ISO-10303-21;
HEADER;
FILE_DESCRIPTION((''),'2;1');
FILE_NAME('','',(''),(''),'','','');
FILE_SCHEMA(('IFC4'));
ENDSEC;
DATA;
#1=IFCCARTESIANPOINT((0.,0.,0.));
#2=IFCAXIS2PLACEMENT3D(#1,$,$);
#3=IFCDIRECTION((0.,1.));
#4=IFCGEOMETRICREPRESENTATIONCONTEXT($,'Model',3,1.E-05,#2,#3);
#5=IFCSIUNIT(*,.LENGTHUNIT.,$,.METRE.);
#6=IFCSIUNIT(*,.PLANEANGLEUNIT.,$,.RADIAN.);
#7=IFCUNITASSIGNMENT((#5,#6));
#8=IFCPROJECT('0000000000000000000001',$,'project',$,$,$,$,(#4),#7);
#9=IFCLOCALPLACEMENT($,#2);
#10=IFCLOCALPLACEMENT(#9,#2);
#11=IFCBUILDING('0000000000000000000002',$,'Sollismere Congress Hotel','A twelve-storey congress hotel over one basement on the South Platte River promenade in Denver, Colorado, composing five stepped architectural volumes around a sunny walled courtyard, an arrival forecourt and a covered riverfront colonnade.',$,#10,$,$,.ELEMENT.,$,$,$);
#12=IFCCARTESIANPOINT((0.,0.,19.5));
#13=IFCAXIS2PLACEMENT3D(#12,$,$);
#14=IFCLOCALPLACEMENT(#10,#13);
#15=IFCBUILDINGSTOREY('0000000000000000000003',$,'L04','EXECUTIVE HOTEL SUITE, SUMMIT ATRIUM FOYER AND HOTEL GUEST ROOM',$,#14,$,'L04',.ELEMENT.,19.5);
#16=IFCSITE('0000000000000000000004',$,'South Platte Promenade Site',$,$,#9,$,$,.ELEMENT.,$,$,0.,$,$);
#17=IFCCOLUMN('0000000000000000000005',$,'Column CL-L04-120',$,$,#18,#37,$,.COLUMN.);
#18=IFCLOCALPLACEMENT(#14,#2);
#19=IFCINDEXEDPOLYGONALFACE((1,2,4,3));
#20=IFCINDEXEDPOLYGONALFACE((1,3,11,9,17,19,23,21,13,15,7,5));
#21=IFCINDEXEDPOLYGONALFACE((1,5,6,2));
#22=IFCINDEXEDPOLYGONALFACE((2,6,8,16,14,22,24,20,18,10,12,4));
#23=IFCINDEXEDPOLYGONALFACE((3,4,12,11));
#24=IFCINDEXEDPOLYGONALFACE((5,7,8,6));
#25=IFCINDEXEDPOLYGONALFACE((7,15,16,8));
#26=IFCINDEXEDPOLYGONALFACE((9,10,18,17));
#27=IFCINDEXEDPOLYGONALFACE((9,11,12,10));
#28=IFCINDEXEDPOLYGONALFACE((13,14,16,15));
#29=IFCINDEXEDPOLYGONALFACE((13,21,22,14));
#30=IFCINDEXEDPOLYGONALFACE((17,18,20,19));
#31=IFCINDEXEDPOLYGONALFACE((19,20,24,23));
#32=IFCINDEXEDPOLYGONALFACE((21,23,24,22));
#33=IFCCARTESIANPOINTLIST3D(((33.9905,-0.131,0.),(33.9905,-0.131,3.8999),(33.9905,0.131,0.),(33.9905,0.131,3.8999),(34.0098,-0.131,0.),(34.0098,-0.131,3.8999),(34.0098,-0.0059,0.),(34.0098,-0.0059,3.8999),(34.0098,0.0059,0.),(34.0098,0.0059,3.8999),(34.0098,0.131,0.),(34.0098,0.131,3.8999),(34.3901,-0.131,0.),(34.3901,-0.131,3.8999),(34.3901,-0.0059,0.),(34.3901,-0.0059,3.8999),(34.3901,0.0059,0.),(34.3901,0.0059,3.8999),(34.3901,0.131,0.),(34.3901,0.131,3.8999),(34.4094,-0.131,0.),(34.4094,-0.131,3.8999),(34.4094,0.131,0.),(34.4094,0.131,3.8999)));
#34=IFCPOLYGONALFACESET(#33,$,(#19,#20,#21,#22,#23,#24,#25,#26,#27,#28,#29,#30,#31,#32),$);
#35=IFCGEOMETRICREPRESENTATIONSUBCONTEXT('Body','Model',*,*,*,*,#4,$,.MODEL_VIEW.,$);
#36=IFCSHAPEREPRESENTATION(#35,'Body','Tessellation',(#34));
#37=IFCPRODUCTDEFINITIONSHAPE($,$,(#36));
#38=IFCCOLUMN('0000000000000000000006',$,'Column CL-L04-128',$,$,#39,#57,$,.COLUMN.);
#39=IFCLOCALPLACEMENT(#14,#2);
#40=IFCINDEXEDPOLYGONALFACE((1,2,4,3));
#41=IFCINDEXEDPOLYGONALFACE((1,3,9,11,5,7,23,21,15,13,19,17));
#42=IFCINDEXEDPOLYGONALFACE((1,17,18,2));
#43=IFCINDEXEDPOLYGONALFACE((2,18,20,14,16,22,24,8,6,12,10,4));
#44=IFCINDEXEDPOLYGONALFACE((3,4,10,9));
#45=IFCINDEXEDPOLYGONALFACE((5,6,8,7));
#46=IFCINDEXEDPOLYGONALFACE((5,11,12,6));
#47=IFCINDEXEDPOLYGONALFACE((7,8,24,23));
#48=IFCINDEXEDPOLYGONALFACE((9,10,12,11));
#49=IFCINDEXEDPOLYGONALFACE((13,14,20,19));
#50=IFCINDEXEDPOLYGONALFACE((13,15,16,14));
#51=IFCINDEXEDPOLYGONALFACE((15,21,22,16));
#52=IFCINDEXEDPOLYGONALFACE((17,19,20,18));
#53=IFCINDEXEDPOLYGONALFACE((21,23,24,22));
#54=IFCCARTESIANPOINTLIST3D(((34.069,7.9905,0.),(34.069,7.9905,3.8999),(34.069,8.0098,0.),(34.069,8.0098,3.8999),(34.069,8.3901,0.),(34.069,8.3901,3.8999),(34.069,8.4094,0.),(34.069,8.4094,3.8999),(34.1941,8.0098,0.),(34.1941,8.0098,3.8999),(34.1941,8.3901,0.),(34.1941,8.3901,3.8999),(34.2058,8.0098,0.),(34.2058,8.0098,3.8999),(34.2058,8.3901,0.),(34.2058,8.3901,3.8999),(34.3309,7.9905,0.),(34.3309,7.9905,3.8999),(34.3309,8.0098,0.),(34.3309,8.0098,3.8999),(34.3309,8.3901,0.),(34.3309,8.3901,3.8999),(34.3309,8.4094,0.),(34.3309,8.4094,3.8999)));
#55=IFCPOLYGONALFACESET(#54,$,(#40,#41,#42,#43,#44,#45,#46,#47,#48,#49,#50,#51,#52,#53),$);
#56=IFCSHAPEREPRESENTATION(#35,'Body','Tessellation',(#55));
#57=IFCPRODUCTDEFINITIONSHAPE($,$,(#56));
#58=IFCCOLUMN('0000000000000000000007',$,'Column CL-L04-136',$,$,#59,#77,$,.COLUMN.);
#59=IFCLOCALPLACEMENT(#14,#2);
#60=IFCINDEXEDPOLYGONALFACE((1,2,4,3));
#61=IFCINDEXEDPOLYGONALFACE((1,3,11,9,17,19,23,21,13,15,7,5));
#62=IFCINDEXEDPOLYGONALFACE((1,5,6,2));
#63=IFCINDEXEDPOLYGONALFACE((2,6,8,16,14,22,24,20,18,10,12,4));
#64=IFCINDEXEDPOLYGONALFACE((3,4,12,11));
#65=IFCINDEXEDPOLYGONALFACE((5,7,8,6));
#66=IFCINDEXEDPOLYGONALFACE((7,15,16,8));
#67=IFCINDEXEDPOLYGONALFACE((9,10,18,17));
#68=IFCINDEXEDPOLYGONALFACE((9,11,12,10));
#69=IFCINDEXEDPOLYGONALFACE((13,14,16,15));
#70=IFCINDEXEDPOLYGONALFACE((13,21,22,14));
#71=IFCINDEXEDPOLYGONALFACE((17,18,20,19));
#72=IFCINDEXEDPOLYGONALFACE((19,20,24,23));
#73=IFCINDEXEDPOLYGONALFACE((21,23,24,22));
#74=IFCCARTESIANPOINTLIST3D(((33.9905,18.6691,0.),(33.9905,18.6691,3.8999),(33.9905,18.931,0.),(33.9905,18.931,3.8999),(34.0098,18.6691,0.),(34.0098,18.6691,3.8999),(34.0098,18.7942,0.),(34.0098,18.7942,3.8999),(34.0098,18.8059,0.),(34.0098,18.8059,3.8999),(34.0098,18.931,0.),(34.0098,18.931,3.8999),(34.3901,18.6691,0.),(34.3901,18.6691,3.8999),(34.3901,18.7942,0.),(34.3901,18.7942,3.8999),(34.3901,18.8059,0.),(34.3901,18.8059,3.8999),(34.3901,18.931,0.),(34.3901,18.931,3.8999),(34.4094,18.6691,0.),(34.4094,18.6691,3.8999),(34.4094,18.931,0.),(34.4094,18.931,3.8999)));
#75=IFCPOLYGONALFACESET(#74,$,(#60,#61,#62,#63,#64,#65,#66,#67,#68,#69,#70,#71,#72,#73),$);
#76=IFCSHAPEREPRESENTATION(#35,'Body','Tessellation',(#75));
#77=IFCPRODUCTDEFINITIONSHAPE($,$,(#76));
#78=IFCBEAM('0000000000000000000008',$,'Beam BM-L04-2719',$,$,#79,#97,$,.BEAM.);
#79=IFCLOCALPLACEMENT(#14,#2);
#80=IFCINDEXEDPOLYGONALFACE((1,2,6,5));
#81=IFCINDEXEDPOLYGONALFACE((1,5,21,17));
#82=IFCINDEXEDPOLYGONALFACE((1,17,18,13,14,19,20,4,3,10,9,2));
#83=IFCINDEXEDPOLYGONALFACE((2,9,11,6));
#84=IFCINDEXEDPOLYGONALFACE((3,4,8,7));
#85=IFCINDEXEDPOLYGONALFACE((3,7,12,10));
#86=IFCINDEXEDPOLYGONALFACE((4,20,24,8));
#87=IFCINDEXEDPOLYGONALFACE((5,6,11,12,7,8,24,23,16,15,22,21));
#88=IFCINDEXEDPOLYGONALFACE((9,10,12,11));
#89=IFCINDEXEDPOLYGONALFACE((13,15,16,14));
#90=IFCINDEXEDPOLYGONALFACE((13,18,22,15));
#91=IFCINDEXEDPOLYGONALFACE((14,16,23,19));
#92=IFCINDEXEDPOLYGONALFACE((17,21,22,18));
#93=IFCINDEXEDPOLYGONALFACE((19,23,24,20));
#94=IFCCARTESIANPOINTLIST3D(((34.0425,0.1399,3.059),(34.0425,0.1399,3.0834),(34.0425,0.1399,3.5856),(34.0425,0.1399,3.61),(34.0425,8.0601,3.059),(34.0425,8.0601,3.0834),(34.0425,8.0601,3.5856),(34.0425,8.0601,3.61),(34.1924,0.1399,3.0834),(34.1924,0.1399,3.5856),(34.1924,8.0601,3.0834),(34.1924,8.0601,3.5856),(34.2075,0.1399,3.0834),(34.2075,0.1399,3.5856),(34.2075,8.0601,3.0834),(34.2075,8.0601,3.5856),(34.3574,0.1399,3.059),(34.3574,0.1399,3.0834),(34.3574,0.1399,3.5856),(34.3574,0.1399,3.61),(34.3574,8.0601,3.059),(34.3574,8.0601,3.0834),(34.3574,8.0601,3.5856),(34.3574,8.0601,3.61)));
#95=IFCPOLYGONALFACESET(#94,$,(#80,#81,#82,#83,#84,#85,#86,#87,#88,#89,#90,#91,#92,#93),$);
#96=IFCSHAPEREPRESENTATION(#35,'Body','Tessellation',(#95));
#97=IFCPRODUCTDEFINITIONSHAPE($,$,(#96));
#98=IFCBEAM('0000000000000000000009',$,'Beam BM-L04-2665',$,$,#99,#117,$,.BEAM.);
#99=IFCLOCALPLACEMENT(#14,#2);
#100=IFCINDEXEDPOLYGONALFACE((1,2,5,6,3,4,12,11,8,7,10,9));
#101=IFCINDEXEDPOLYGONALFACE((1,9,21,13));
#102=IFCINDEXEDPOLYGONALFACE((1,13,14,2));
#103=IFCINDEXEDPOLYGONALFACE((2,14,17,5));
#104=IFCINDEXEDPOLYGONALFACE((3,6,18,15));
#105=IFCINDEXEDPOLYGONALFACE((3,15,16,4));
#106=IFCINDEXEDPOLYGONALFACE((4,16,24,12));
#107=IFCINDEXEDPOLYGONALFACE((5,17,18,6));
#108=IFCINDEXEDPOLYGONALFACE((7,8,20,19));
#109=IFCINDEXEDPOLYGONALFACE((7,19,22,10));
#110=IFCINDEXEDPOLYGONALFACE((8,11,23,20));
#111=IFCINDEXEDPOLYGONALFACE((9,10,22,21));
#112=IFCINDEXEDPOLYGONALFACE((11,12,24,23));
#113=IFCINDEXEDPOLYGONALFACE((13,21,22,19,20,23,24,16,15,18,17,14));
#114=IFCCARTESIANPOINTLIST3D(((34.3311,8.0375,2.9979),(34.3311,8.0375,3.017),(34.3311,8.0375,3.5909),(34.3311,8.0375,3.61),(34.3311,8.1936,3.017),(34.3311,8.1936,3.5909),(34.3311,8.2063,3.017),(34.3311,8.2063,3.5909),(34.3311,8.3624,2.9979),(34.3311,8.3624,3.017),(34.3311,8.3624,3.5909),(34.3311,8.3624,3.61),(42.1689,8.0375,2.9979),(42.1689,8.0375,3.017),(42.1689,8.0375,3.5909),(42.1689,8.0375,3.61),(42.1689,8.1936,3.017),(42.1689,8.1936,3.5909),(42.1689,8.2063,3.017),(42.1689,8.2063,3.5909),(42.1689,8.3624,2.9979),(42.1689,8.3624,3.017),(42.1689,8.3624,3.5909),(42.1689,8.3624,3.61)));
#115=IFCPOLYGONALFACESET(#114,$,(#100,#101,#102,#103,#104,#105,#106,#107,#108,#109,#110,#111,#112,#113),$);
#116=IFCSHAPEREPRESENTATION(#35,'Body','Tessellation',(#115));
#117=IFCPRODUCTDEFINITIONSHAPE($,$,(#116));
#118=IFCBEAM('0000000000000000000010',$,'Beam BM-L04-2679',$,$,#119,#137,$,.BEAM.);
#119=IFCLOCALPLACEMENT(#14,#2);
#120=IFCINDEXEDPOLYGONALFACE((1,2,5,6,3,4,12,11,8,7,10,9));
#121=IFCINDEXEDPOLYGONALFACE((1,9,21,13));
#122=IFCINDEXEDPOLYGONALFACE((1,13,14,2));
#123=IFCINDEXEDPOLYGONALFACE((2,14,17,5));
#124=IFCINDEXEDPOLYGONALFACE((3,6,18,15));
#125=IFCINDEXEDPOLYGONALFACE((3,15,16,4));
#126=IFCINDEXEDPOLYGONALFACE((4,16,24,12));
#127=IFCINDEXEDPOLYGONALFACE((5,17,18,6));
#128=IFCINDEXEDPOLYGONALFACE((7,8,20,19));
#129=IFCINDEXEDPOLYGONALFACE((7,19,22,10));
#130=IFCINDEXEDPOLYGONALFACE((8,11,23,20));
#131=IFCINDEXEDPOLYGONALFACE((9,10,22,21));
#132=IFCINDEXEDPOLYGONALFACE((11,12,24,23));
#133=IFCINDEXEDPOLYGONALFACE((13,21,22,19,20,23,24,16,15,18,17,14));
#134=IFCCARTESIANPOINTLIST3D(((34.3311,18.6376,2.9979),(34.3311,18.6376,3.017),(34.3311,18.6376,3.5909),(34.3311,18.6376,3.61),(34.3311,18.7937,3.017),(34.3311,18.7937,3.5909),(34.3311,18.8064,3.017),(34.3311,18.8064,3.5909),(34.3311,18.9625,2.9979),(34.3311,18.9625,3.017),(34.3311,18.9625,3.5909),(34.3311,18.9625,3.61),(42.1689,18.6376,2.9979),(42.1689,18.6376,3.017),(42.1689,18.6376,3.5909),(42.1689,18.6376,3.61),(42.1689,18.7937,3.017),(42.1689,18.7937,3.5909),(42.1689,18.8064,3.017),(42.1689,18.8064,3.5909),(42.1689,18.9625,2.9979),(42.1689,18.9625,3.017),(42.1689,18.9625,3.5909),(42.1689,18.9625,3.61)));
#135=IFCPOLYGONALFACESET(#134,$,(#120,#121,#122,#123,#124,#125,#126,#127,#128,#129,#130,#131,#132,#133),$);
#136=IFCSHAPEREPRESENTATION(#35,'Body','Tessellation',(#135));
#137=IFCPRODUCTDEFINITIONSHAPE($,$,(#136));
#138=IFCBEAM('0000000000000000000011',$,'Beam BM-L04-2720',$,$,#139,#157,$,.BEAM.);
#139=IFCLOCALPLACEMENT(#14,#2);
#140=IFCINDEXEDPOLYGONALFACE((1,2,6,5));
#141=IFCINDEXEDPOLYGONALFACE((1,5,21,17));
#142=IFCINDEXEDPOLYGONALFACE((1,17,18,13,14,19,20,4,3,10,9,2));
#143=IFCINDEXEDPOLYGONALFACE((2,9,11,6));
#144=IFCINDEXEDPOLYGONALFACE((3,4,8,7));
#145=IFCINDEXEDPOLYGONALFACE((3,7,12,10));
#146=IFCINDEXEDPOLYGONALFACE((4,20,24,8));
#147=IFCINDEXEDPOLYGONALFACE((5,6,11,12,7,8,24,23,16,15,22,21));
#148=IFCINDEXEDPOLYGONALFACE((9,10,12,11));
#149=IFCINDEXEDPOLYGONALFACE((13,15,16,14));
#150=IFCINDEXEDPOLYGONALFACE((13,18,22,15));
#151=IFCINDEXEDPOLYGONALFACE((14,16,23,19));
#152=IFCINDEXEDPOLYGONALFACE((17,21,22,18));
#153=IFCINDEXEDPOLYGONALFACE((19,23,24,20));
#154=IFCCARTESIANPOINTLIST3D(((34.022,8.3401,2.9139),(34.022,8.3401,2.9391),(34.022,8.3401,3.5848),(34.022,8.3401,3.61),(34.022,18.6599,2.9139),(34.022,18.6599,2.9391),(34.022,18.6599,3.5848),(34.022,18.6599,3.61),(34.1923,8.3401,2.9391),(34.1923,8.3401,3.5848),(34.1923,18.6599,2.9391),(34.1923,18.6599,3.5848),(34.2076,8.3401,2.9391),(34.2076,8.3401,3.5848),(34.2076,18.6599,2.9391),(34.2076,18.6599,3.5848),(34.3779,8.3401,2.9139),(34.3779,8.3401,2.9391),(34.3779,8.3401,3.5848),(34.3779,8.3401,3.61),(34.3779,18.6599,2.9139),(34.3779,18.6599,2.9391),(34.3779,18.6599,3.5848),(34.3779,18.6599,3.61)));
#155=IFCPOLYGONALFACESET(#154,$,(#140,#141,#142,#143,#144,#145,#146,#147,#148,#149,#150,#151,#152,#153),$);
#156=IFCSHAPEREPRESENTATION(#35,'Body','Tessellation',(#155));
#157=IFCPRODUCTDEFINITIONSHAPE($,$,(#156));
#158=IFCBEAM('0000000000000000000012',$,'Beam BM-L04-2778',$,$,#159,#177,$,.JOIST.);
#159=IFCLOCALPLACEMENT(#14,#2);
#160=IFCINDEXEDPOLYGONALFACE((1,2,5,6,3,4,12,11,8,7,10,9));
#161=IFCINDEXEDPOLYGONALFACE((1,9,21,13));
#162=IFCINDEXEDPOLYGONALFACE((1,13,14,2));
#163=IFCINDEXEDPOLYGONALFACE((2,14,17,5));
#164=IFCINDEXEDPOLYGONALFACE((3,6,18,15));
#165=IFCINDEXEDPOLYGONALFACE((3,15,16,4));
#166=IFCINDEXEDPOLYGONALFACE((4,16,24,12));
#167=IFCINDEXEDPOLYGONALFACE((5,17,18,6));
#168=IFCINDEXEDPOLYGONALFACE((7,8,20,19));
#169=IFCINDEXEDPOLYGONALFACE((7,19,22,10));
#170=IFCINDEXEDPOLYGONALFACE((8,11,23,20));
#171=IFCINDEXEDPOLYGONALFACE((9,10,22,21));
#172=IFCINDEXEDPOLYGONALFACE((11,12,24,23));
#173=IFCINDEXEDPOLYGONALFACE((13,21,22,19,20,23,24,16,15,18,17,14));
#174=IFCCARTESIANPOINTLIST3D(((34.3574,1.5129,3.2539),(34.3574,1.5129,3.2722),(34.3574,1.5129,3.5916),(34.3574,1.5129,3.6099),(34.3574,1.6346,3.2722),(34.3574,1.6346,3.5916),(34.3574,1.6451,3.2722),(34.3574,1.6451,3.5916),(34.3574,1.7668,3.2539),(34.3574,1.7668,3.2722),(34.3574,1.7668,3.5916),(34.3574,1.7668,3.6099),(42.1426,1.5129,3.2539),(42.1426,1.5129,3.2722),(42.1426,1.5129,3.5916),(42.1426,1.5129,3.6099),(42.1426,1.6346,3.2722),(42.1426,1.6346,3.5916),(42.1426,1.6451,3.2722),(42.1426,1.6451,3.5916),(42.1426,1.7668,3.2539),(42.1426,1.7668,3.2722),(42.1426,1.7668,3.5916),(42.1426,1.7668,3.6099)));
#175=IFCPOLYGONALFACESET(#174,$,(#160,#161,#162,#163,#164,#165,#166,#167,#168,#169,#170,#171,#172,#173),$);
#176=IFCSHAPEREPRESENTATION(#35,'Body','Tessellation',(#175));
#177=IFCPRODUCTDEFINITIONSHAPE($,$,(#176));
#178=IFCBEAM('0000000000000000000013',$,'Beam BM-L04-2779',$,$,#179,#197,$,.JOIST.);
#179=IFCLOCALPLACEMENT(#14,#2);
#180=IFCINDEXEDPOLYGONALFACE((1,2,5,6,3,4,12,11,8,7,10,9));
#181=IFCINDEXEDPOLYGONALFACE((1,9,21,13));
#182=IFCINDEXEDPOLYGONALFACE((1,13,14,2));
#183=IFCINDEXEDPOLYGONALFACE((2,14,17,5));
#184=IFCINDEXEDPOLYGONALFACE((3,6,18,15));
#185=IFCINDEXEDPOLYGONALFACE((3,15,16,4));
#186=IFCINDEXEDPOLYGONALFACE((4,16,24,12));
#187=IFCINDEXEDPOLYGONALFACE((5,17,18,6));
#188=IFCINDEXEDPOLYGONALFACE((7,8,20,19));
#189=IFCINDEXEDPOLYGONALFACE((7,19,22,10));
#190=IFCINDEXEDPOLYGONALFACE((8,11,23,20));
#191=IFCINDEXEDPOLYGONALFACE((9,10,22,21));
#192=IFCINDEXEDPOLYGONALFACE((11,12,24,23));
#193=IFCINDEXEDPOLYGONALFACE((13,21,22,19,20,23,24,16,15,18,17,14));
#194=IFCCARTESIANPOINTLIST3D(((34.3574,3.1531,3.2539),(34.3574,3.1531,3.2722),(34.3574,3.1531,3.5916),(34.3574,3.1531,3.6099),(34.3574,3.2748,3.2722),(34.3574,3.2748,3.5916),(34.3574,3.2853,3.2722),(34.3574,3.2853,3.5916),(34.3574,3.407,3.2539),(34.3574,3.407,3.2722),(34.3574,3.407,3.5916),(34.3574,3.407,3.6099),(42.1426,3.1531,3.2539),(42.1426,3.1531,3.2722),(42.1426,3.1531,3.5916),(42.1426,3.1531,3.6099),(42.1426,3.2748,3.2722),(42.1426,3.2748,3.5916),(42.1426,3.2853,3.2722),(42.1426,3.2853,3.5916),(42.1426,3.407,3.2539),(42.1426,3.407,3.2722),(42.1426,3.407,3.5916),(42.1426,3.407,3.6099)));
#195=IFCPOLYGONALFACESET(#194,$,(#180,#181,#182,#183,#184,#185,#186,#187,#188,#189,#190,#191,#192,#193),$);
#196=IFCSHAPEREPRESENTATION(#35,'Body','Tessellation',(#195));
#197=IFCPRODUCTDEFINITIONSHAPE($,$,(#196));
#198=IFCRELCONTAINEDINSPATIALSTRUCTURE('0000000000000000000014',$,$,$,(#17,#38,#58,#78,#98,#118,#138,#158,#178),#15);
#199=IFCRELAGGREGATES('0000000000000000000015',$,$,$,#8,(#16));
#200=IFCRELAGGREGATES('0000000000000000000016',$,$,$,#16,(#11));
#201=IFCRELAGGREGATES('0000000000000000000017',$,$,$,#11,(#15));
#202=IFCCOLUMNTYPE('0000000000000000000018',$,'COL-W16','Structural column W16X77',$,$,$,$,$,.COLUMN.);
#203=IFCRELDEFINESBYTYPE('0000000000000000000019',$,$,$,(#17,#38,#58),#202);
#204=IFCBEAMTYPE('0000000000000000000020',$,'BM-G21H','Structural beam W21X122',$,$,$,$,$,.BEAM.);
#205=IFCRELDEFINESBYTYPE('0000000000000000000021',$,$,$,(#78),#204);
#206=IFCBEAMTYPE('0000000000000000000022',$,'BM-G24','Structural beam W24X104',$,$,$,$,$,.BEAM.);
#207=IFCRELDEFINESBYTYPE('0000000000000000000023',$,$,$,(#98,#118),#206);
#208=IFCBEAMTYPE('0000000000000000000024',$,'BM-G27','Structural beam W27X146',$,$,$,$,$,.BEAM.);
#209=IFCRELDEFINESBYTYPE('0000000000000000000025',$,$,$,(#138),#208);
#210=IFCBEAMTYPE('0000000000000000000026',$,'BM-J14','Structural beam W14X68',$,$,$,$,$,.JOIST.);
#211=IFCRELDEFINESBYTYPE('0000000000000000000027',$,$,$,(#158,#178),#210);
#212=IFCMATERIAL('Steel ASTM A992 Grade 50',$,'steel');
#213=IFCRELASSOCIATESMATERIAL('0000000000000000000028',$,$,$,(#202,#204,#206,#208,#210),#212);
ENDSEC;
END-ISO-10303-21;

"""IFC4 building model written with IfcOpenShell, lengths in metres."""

from ifc_helpers import new_model, si_unit, direction, frame, origin, origin_2d, place, context, subcontext, project, spatial, i_section, extrude, material, material_profile, profile_set, type_object, element, save


model = new_model("IFC4")

# Units and contexts
model_context = context("Model", 3, precision=1e-05, world=origin(), true_north=direction((0.0, 1.0)))
body_context = subcontext(model_context, "Body", "Model", "MODEL_VIEW")
ifc_project = project(units=[si_unit("LENGTHUNIT", "METRE"), si_unit("PLANEANGLEUNIT", "RADIAN")], contexts=[model_context])

# Site, building, storey
site_placement = place(None, origin())
site = spatial("IfcSite", under=ifc_project, at=site_placement, Name="South Platte Promenade Site", CompositionType="ELEMENT", RefElevation=0.0)
building_placement = place(site_placement, origin())
building = spatial("IfcBuilding", under=site, at=building_placement, Name="Sollismere Congress Hotel", Description="A twelve-storey congress hotel over one basement on the South Platte River promenade in Denver, Colorado, composing five stepped architectural volumes around a sunny walled courtyard, an arrival forecourt and a covered riverfront colonnade.", CompositionType="ELEMENT")
storey_placement = place(building_placement, frame((0.0, 0.0, 19.5)))
storey = spatial("IfcBuildingStorey", under=building, at=storey_placement, Name="L04", Description="EXECUTIVE HOTEL SUITE, SUMMIT ATRIUM FOYER AND HOTEL GUEST ROOM", LongName="L04", CompositionType="ELEMENT", Elevation=19.5)

# Columns
ifc_material_1 = material(Name="Steel ASTM A992 Grade 50", Category="steel")
ifc_material_profile_1 = material_profile(ifc_material_1, i_section(OverallWidth=0.262, OverallDepth=0.4189, WebThickness=0.0117, FlangeThickness=0.0193, at=origin_2d()), Name="W16X77")
ifc_profile_set_1 = profile_set([ifc_material_profile_1], Name="Steel ASTM A992 Grade 50")
column_type = type_object("IfcColumnType", Name="COL-W16", Description="Structural column W16X77", PredefinedType="COLUMN", material=ifc_profile_set_1)
for number, where, z_axis, x_axis, name in (
    (1, (34.2, 0.0, 0.0), (0.0, 0.0, 1.0), (0.0, 1.0, 0.0), "Column CL-L04-120"),
    (2, (34.2, 8.2, 0.0), (0.0, 0.0, 1.0), (1.0, 0.0, 0.0), "Column CL-L04-128"),
    (3, (34.2, 18.8, 0.0), (0.0, 0.0, 1.0), (0.0, 1.0, 0.0), "Column CL-L04-136"),
):
    element("IfcColumn", number, at=place(storey_placement, frame(where, z_axis=z_axis, x_axis=x_axis)), inside=storey, type_object=column_type, Name=name, PredefinedType="COLUMN", context=body_context, shape_type="SweptSolid", body=[
        extrude(i_section(OverallWidth=0.262, OverallDepth=0.4189, WebThickness=0.0117, FlangeThickness=0.0193, at=origin_2d()), origin(), (0.0, 0.0, 1.0), 3.8999),
    ])

# Beams
ifc_material_profile_2 = material_profile(ifc_material_1, i_section(OverallWidth=0.3149, OverallDepth=0.551, WebThickness=0.0151, FlangeThickness=0.0244, at=origin_2d()), Name="W21X122")
ifc_profile_set_2 = profile_set([ifc_material_profile_2], Name="Steel ASTM A992 Grade 50")
beam_type_1 = type_object("IfcBeamType", Name="BM-G21H", Description="Structural beam W21X122", PredefinedType="BEAM", material=ifc_profile_set_2)
beam_1_placement = place(storey_placement, frame((34.2, 0.1399, 3.3345), z_axis=(0.0, 1.0, 0.0), x_axis=(-1.0, 0.0, 0.0)))
element("IfcBeam", 4, at=beam_1_placement, inside=storey, type_object=beam_type_1, Name="Beam BM-L04-2719", PredefinedType="BEAM", context=body_context, shape_type="SweptSolid", body=[
    extrude(i_section(OverallWidth=0.3149, OverallDepth=0.551, WebThickness=0.0151, FlangeThickness=0.0244, at=origin_2d()), origin(), (0.0, 0.0, 1.0), 7.9202),
])
ifc_material_profile_3 = material_profile(ifc_material_1, i_section(OverallWidth=0.325, OverallDepth=0.6121, WebThickness=0.0127, FlangeThickness=0.019, at=origin_2d()), Name="W24X104")
ifc_profile_set_3 = profile_set([ifc_material_profile_3], Name="Steel ASTM A992 Grade 50")
beam_type_2 = type_object("IfcBeamType", Name="BM-G24", Description="Structural beam W24X104", PredefinedType="BEAM", material=ifc_profile_set_3)
for number, where, z_axis, x_axis, name in (
    (5, (34.3311, 8.2, 3.304), (1.0, 0.0, 0.0), (0.0, 1.0, 0.0), "Beam BM-L04-2665"),
    (6, (34.3311, 18.8, 3.304), (1.0, 0.0, 0.0), (0.0, 1.0, 0.0), "Beam BM-L04-2679"),
):
    element("IfcBeam", number, at=place(storey_placement, frame(where, z_axis=z_axis, x_axis=x_axis)), inside=storey, type_object=beam_type_2, Name=name, PredefinedType="BEAM", context=body_context, shape_type="SweptSolid", body=[
        extrude(i_section(OverallWidth=0.325, OverallDepth=0.6121, WebThickness=0.0127, FlangeThickness=0.019, at=origin_2d()), origin(), (0.0, 0.0, 1.0), 7.8379),
    ])
ifc_material_profile_4 = material_profile(ifc_material_1, i_section(OverallWidth=0.356, OverallDepth=0.696, WebThickness=0.0154, FlangeThickness=0.0251, at=origin_2d()), Name="W27X146")
ifc_profile_set_4 = profile_set([ifc_material_profile_4], Name="Steel ASTM A992 Grade 50")
beam_type_3 = type_object("IfcBeamType", Name="BM-G27", Description="Structural beam W27X146", PredefinedType="BEAM", material=ifc_profile_set_4)
beam_2_placement = place(storey_placement, frame((34.2, 8.3401, 3.262), z_axis=(0.0, 1.0, 0.0), x_axis=(-1.0, 0.0, 0.0)))
element("IfcBeam", 7, at=beam_2_placement, inside=storey, type_object=beam_type_3, Name="Beam BM-L04-2720", PredefinedType="BEAM", context=body_context, shape_type="SweptSolid", body=[
    extrude(i_section(OverallWidth=0.356, OverallDepth=0.696, WebThickness=0.0154, FlangeThickness=0.0251, at=origin_2d()), origin(), (0.0, 0.0, 1.0), 10.3198),
])
ifc_material_profile_5 = material_profile(ifc_material_1, i_section(OverallWidth=0.2539, OverallDepth=0.356, WebThickness=0.0105, FlangeThickness=0.0183, at=origin_2d()), Name="W14X68")
ifc_profile_set_5 = profile_set([ifc_material_profile_5], Name="Steel ASTM A992 Grade 50")
beam_type_4 = type_object("IfcBeamType", Name="BM-J14", Description="Structural beam W14X68", PredefinedType="JOIST", material=ifc_profile_set_5)
for number, where, z_axis, x_axis, name in (
    (8, (34.3574, 1.6399, 3.4319), (1.0, 0.0, 0.0), (0.0, 1.0, 0.0), "Beam BM-L04-2778"),
    (9, (34.3574, 3.28, 3.4319), (1.0, 0.0, 0.0), (0.0, 1.0, 0.0), "Beam BM-L04-2779"),
):
    element("IfcBeam", number, at=place(storey_placement, frame(where, z_axis=z_axis, x_axis=x_axis)), inside=storey, type_object=beam_type_4, Name=name, PredefinedType="JOIST", context=body_context, shape_type="SweptSolid", body=[
        extrude(i_section(OverallWidth=0.2539, OverallDepth=0.356, WebThickness=0.0105, FlangeThickness=0.0183, at=origin_2d()), origin(), (0.0, 0.0, 1.0), 7.7852),
    ])

save(model, "model.ifc")
